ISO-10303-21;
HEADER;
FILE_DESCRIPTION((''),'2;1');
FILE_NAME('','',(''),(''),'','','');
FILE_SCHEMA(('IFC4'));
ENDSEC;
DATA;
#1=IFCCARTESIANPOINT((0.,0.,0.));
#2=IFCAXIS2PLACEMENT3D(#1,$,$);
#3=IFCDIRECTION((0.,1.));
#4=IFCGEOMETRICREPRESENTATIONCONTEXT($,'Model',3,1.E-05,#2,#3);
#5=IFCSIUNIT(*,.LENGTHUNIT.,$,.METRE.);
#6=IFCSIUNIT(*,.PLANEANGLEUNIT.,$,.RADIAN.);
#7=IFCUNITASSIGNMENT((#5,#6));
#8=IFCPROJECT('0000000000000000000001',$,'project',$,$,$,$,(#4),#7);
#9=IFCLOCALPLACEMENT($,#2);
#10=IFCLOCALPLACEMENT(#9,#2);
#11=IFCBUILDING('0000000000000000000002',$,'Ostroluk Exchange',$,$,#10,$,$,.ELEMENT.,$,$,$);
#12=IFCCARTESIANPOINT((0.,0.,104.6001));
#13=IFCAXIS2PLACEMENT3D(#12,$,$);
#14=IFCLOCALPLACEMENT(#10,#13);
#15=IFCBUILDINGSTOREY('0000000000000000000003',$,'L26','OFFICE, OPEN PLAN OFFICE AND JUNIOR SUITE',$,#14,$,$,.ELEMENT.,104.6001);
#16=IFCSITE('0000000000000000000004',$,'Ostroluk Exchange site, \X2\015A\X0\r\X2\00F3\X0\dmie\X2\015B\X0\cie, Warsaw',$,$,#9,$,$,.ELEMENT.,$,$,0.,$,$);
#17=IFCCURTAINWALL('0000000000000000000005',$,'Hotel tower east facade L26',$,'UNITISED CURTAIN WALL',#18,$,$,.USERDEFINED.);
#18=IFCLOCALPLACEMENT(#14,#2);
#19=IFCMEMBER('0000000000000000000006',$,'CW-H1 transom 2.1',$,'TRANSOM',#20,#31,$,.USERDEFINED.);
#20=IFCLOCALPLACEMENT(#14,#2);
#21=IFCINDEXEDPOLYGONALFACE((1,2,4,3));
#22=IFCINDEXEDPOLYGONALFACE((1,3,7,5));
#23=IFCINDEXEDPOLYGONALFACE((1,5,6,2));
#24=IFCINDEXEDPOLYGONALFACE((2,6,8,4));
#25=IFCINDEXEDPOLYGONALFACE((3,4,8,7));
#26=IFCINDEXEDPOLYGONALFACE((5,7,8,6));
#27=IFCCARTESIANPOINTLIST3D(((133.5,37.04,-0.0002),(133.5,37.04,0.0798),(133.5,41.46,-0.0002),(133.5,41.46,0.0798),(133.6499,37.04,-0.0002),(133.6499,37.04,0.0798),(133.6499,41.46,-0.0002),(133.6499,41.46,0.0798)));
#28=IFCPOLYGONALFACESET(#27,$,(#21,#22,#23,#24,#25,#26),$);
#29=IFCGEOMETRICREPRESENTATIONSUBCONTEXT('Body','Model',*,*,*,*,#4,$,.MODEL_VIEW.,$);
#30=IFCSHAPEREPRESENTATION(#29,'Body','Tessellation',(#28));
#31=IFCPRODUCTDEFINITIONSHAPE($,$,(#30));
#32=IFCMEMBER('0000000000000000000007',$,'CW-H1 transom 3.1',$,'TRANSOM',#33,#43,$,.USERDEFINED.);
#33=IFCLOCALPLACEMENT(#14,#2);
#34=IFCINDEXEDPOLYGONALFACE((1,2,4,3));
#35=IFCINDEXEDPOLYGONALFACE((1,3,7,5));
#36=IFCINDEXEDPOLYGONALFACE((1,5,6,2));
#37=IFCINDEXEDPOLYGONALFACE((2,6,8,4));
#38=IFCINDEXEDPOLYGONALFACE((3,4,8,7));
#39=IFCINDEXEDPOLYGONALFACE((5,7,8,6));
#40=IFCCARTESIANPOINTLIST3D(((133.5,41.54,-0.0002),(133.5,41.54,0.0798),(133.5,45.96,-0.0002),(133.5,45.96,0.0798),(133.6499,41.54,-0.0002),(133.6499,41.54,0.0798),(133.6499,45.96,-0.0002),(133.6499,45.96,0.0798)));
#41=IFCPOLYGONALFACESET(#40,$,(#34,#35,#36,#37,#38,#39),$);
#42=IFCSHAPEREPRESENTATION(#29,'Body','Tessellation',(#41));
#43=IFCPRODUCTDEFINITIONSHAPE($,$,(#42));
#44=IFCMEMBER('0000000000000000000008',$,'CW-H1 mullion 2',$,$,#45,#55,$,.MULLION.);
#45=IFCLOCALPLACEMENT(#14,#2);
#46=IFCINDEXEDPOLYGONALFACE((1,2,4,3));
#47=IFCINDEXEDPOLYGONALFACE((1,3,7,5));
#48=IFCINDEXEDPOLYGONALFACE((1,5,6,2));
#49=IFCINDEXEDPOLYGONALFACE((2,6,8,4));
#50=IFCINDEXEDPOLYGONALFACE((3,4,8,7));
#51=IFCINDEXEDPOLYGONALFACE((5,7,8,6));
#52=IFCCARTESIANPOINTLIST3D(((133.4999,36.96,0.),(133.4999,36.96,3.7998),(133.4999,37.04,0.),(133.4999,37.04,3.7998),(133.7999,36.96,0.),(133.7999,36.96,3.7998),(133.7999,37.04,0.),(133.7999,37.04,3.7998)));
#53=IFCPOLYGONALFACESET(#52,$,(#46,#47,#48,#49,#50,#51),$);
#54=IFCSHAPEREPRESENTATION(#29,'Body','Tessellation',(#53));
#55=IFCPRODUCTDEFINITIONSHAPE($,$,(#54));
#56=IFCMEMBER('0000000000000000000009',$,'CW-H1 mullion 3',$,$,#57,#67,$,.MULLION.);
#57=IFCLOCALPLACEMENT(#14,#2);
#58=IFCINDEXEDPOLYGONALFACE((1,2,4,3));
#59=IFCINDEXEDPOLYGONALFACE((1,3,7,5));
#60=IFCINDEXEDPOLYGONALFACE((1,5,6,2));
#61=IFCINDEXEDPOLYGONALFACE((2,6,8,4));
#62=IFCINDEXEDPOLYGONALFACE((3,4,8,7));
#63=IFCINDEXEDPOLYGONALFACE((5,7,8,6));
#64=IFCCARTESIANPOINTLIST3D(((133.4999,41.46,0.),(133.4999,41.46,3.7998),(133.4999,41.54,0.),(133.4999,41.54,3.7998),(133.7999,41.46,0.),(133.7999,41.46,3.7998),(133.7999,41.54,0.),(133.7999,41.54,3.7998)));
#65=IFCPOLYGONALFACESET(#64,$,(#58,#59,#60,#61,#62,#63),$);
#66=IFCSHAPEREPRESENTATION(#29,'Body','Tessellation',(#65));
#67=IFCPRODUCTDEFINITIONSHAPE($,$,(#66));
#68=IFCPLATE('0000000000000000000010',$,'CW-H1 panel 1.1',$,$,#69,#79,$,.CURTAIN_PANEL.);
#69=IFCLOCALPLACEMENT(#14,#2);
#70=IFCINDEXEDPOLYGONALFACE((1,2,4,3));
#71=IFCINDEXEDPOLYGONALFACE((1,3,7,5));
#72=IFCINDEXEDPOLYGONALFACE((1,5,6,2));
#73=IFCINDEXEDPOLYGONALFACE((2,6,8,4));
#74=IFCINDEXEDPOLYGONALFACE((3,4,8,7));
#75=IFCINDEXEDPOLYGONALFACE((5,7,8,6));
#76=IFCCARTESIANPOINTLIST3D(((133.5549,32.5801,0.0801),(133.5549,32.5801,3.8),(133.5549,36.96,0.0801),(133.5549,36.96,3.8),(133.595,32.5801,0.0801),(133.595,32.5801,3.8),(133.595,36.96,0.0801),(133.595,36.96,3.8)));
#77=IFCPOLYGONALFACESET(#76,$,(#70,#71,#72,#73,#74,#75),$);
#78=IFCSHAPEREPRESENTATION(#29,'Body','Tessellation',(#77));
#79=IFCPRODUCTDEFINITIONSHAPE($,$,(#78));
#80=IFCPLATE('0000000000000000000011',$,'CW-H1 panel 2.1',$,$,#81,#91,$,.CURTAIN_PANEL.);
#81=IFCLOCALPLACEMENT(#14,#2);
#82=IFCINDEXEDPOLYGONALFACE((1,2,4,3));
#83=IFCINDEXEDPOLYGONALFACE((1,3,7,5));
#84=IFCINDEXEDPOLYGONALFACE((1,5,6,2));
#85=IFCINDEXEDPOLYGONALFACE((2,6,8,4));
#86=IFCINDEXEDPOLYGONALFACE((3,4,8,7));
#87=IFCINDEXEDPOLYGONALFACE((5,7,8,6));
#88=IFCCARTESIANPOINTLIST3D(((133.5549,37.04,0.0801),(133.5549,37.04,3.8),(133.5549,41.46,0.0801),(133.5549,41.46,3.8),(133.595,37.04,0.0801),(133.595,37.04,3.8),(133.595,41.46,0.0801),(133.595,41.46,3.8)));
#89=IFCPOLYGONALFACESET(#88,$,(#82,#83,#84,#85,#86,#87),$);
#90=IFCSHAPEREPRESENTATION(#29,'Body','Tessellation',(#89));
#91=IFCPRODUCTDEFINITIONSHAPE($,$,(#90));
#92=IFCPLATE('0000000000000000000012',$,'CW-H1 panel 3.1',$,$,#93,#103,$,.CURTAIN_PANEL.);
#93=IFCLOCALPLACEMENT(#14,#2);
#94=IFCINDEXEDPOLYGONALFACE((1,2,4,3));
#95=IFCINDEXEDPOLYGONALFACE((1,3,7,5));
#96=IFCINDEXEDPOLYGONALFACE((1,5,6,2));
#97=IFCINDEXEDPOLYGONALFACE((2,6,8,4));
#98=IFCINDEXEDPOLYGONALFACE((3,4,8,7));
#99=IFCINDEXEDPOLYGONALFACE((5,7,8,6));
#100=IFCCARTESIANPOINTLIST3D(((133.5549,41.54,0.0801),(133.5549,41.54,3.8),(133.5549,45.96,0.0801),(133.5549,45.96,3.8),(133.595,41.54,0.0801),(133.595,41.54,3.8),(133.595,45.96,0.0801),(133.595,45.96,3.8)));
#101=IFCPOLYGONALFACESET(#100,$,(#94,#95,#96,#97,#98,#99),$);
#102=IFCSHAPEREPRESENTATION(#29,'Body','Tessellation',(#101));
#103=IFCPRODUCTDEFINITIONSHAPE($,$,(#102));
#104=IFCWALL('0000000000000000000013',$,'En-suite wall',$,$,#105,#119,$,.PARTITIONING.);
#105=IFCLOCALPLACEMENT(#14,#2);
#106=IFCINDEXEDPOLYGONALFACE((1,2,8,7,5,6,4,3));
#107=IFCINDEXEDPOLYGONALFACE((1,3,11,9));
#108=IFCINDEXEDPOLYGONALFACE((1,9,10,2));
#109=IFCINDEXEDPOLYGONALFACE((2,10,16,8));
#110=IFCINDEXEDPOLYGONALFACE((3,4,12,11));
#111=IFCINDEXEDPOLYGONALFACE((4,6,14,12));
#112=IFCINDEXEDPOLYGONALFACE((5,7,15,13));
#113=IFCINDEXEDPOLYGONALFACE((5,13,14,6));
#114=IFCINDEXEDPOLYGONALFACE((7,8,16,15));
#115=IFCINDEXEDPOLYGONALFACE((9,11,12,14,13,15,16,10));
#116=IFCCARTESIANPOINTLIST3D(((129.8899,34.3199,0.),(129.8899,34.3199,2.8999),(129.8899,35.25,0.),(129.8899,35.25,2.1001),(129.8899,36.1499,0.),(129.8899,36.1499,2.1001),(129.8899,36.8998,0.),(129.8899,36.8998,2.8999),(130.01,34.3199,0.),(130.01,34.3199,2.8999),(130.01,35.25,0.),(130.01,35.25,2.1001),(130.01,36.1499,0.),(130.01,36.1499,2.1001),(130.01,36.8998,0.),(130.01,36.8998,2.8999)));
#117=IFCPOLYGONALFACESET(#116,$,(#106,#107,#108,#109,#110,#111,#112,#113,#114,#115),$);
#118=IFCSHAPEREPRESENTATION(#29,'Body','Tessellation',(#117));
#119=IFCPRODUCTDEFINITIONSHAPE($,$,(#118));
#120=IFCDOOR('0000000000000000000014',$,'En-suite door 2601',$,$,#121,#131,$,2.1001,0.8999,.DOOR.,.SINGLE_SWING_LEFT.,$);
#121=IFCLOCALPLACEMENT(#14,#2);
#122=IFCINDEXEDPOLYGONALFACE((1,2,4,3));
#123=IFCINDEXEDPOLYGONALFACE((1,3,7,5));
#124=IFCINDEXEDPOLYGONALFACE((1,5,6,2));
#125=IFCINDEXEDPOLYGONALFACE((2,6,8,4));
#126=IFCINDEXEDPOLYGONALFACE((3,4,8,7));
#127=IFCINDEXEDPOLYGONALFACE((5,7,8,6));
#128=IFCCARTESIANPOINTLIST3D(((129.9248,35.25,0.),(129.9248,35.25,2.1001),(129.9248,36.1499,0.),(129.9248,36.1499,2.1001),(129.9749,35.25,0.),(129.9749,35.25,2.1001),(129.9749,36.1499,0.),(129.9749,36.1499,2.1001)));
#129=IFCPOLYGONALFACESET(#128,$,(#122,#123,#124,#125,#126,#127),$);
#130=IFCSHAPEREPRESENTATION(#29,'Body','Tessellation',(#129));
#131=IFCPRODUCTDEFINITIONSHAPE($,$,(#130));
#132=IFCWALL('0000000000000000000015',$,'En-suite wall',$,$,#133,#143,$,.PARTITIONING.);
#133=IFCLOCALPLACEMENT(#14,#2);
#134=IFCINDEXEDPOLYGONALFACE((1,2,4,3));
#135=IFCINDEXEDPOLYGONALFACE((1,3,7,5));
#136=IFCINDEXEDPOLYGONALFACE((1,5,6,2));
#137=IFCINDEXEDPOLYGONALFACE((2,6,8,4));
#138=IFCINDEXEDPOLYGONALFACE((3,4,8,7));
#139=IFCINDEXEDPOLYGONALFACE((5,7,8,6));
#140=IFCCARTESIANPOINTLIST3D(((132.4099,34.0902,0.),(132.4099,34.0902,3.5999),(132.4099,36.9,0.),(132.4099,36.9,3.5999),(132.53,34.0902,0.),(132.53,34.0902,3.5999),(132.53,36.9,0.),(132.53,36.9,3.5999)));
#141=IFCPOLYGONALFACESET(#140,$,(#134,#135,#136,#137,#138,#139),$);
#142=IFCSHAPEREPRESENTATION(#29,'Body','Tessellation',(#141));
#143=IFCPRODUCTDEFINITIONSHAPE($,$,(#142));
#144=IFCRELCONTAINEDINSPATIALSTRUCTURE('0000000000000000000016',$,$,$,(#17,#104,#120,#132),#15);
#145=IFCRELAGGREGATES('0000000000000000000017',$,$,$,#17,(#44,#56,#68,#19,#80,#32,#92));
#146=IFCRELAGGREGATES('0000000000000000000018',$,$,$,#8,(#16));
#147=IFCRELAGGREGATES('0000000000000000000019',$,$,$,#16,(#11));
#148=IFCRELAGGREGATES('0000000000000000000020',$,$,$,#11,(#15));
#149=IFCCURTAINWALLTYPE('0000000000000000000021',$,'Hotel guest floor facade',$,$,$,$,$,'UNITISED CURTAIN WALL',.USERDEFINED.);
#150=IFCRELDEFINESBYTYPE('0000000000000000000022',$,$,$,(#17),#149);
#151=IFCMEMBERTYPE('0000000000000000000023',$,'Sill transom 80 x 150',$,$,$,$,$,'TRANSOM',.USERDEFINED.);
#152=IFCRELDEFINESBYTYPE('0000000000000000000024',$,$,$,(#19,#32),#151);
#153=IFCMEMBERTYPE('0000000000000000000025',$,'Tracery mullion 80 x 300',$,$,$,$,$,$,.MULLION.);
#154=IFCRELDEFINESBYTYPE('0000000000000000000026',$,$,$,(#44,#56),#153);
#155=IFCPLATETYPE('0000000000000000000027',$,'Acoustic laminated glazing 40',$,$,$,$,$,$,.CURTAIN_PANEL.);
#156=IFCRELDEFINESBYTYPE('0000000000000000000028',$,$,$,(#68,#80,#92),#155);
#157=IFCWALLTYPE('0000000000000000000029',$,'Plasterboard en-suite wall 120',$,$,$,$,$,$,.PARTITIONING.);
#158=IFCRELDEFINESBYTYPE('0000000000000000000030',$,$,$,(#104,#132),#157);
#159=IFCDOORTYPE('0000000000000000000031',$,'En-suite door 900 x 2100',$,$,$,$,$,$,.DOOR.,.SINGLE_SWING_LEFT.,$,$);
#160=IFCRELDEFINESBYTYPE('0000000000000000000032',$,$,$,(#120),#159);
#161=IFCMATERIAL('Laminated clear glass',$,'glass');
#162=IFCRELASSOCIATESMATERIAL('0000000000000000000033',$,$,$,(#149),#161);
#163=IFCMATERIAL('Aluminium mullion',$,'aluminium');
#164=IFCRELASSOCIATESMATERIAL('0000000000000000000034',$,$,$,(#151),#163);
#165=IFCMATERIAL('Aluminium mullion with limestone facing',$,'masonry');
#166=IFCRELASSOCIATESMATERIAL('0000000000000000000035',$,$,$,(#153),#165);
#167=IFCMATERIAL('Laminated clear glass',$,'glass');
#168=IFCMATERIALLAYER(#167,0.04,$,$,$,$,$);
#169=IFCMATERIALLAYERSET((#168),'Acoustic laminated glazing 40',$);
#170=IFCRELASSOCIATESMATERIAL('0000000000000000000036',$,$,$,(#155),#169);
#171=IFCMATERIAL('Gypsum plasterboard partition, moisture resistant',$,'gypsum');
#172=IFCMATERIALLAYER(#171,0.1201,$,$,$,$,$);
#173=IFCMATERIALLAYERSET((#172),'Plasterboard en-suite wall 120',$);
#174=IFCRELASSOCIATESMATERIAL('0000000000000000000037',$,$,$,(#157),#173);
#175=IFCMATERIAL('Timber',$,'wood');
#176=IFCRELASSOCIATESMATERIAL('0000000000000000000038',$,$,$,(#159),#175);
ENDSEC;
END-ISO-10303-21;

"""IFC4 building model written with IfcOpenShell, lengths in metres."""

from ifc_helpers import new_model, si_unit, direction, frame, frame_2d, origin, origin_2d, place, context, subcontext, project, spatial, rectangle, extrude, material, layer, layer_set, material_profile, profile_set, type_object, element, fill, aggregate, save


model = new_model("IFC4")

# Units and contexts
model_context = context("Model", 3, precision=1e-05, world=origin(), true_north=direction((0.0, 1.0)))
body_context = subcontext(model_context, "Body", "Model", "MODEL_VIEW")
ifc_project = project(units=[si_unit("LENGTHUNIT", "METRE"), si_unit("PLANEANGLEUNIT", "RADIAN")], contexts=[model_context])

# Site, building, storey
site_placement = place(None, origin())
site = spatial("IfcSite", under=ifc_project, at=site_placement, Name="Ostroluk Exchange site, Śródmieście, Warsaw", CompositionType="ELEMENT", RefElevation=0.0)
building_placement = place(site_placement, origin())
building = spatial("IfcBuilding", under=site, at=building_placement, Name="Ostroluk Exchange", CompositionType="ELEMENT")
storey_placement = place(building_placement, frame((0.0, 0.0, 104.6001)))
storey = spatial("IfcBuildingStorey", under=building, at=storey_placement, Name="L26", Description="OFFICE, OPEN PLAN OFFICE AND JUNIOR SUITE", CompositionType="ELEMENT", Elevation=104.6001)

# Curtain wall, members, plates
ifc_material_1 = material(Name="Laminated clear glass", Category="glass")
curtain_wall_type = type_object("IfcCurtainWallType", Name="Hotel guest floor facade", ElementType="UNITISED CURTAIN WALL", PredefinedType="USERDEFINED", material=ifc_material_1)
curtain_wall_placement = place(storey_placement, origin())
curtain_wall = element("IfcCurtainWall", 1, at=curtain_wall_placement, inside=storey, type_object=curtain_wall_type, Name="Hotel tower east facade L26", ObjectType="UNITISED CURTAIN WALL", PredefinedType="USERDEFINED")
ifc_material_2 = material(Name="Aluminium mullion", Category="aluminium")
ifc_material_profile_1 = material_profile(ifc_material_2, rectangle(XDim=0.1499, YDim=0.0801, at=origin_2d()), Name="Sill transom 80 x 150")
ifc_profile_set_1 = profile_set([ifc_material_profile_1], Name="Aluminium mullion")
member_type_1 = type_object("IfcMemberType", Name="Sill transom 80 x 150", ElementType="TRANSOM", PredefinedType="USERDEFINED", material=ifc_profile_set_1)
member_1_placement = place(storey_placement, frame((133.575, 37.04, 0.0398), z_axis=(0.0, 1.0, 0.0), x_axis=(-1.0, 0.0, 0.0)))
member_1 = element("IfcMember", 2, at=member_1_placement, type_object=member_type_1, Name="CW-H1 transom 2.1", ObjectType="TRANSOM", PredefinedType="USERDEFINED", context=body_context, shape_type="SweptSolid", body=[
    extrude(rectangle(XDim=0.1499, YDim=0.0801, at=origin_2d()), origin(), (0.0, 0.0, 1.0), 4.4199),
])
member_2_placement = place(storey_placement, frame((133.575, 41.54, 0.0398), z_axis=(0.0, 1.0, 0.0), x_axis=(-1.0, 0.0, 0.0)))
member_2 = element("IfcMember", 3, at=member_2_placement, type_object=member_type_1, Name="CW-H1 transom 3.1", ObjectType="TRANSOM", PredefinedType="USERDEFINED", context=body_context, shape_type="SweptSolid", body=[
    extrude(rectangle(XDim=0.1499, YDim=0.0801, at=origin_2d()), origin(), (0.0, 0.0, 1.0), 4.4199),
])
ifc_material_3 = material(Name="Aluminium mullion with limestone facing", Category="masonry")
ifc_material_profile_2 = material_profile(ifc_material_3, rectangle(XDim=0.3, YDim=0.0801, at=origin_2d()), Name="Tracery mullion 80 x 300")
ifc_profile_set_2 = profile_set([ifc_material_profile_2], Name="Aluminium mullion with limestone facing")
member_type_2 = type_object("IfcMemberType", Name="Tracery mullion 80 x 300", PredefinedType="MULLION", material=ifc_profile_set_2)
member_3_placement = place(storey_placement, frame((133.6499, 37.0, 0.0), z_axis=(0.0, 0.0, 1.0), x_axis=(-1.0, 0.0, 0.0)))
member_3 = element("IfcMember", 4, at=member_3_placement, type_object=member_type_2, Name="CW-H1 mullion 2", PredefinedType="MULLION", context=body_context, shape_type="SweptSolid", body=[
    extrude(rectangle(XDim=0.3, YDim=0.0801, at=origin_2d()), origin(), (0.0, 0.0, 1.0), 3.7998),
])
member_4_placement = place(storey_placement, frame((133.6499, 41.5, 0.0), z_axis=(0.0, 0.0, 1.0), x_axis=(-1.0, 0.0, 0.0)))
member_4 = element("IfcMember", 5, at=member_4_placement, type_object=member_type_2, Name="CW-H1 mullion 3", PredefinedType="MULLION", context=body_context, shape_type="SweptSolid", body=[
    extrude(rectangle(XDim=0.3, YDim=0.0801, at=origin_2d()), origin(), (0.0, 0.0, 1.0), 3.7998),
])
ifc_material_4 = material(Name="Laminated clear glass", Category="glass")
ifc_layer_1 = layer(ifc_material_4, 0.04)
ifc_layer_set_1 = layer_set([ifc_layer_1], Name="Acoustic laminated glazing 40")
plate_type = type_object("IfcPlateType", Name="Acoustic laminated glazing 40", PredefinedType="CURTAIN_PANEL", material=ifc_layer_set_1)
plate_1_placement = place(storey_placement, frame((133.575, 34.77, 0.0801), z_axis=(0.0, 0.0, 1.0), x_axis=(0.0, 1.0, 0.0)))
plate_1 = element("IfcPlate", 6, at=plate_1_placement, type_object=plate_type, Name="CW-H1 panel 1.1", PredefinedType="CURTAIN_PANEL", context=body_context, shape_type="SweptSolid", body=[
    extrude(rectangle(XDim=4.3799, YDim=0.04, at=origin_2d()), origin(), (0.0, 0.0, 1.0), 3.72),
])
plate_2_placement = place(storey_placement, frame((133.575, 39.25, 0.0801), z_axis=(0.0, 0.0, 1.0), x_axis=(0.0, 1.0, 0.0)))
plate_2 = element("IfcPlate", 7, at=plate_2_placement, type_object=plate_type, Name="CW-H1 panel 2.1", PredefinedType="CURTAIN_PANEL", context=body_context, shape_type="SweptSolid", body=[
    extrude(rectangle(XDim=4.4199, YDim=0.04, at=origin_2d()), origin(), (0.0, 0.0, 1.0), 3.72),
])
plate_3_placement = place(storey_placement, frame((133.575, 43.75, 0.0801), z_axis=(0.0, 0.0, 1.0), x_axis=(0.0, 1.0, 0.0)))
plate_3 = element("IfcPlate", 8, at=plate_3_placement, type_object=plate_type, Name="CW-H1 panel 3.1", PredefinedType="CURTAIN_PANEL", context=body_context, shape_type="SweptSolid", body=[
    extrude(rectangle(XDim=4.4199, YDim=0.04, at=origin_2d()), origin(), (0.0, 0.0, 1.0), 3.72),
])
aggregate(curtain_wall, [member_3, member_4, plate_1, member_1, plate_2, member_2, plate_3])

# Wall, opening, door
ifc_material_5 = material(Name="Gypsum plasterboard partition, moisture resistant", Category="gypsum")
ifc_layer_2 = layer(ifc_material_5, 0.1201)
ifc_layer_set_2 = layer_set([ifc_layer_2], Name="Plasterboard en-suite wall 120")
wall_type_1 = type_object("IfcWallType", Name="Plasterboard en-suite wall 120", PredefinedType="PARTITIONING", material=ifc_layer_set_2)
wall_1_placement = place(storey_placement, frame((129.95, 36.8999, 0.0), z_axis=(0.0, 0.0, 1.0), x_axis=(0.0, -1.0, 0.0)))
wall_1 = element("IfcWall", 9, at=wall_1_placement, inside=storey, type_object=wall_type_1, Name="En-suite wall", PredefinedType="PARTITIONING", context=body_context, shape_type="SweptSolid", body=[
    extrude(rectangle(XDim=2.5798, YDim=0.1201, at=frame_2d((1.29, 0.0))), origin(), (0.0, 0.0, 1.0), 2.8999),
])
opening_1_placement = place(wall_1_placement, frame((0.75, 0.0, 0.0)))
opening_1 = element("IfcOpeningElement", 10, at=opening_1_placement, cuts=wall_1, PredefinedType="OPENING", context=body_context, shape_type="SweptSolid", body=[
    extrude(rectangle(XDim=0.8999, YDim=2.1001, at=frame_2d((0.45, 1.05))), frame((0.0, 0.0701, 0.0), z_axis=(0.0, -1.0, 0.0), x_axis=(1.0, 0.0, 0.0)), (0.0, 0.0, 1.0), 0.1401),
])
ifc_material_6 = material(Name="Timber", Category="wood")
door_type_1 = type_object("IfcDoorType", Name="En-suite door 900 x 2100", OperationType="SINGLE_SWING_LEFT", PredefinedType="DOOR", material=ifc_material_6)
door_1_placement = place(opening_1_placement, origin())
door_1 = element("IfcDoor", 11, at=door_1_placement, inside=storey, type_object=door_type_1, Name="En-suite door 2601", OperationType="SINGLE_SWING_LEFT", OverallHeight=2.1001, OverallWidth=0.8999, PredefinedType="DOOR", context=body_context, shape_type="SweptSolid", body=[
    extrude(rectangle(XDim=0.8999, YDim=2.1001, at=frame_2d((0.45, 1.05))), frame((0.0, 0.0249, 0.0), z_axis=(0.0, -1.0, 0.0), x_axis=(1.0, 0.0, 0.0)), (0.0, 0.0, 1.0), 0.05),
])
fill(opening_1, door_1)

# Wall
wall_2_placement = place(storey_placement, frame((132.47, 36.8999, 0.0), z_axis=(0.0, 0.0, 1.0), x_axis=(0.0, -1.0, 0.0)))
element("IfcWall", 12, at=wall_2_placement, inside=storey, type_object=wall_type_1, Name="En-suite wall", PredefinedType="PARTITIONING", context=body_context, shape_type="SweptSolid", body=[
    extrude(rectangle(XDim=2.8098, YDim=0.1201, at=frame_2d((1.4048, 0.0))), origin(), (0.0, 0.0, 1.0), 3.5999),
])

save(model, "model.ifc")
